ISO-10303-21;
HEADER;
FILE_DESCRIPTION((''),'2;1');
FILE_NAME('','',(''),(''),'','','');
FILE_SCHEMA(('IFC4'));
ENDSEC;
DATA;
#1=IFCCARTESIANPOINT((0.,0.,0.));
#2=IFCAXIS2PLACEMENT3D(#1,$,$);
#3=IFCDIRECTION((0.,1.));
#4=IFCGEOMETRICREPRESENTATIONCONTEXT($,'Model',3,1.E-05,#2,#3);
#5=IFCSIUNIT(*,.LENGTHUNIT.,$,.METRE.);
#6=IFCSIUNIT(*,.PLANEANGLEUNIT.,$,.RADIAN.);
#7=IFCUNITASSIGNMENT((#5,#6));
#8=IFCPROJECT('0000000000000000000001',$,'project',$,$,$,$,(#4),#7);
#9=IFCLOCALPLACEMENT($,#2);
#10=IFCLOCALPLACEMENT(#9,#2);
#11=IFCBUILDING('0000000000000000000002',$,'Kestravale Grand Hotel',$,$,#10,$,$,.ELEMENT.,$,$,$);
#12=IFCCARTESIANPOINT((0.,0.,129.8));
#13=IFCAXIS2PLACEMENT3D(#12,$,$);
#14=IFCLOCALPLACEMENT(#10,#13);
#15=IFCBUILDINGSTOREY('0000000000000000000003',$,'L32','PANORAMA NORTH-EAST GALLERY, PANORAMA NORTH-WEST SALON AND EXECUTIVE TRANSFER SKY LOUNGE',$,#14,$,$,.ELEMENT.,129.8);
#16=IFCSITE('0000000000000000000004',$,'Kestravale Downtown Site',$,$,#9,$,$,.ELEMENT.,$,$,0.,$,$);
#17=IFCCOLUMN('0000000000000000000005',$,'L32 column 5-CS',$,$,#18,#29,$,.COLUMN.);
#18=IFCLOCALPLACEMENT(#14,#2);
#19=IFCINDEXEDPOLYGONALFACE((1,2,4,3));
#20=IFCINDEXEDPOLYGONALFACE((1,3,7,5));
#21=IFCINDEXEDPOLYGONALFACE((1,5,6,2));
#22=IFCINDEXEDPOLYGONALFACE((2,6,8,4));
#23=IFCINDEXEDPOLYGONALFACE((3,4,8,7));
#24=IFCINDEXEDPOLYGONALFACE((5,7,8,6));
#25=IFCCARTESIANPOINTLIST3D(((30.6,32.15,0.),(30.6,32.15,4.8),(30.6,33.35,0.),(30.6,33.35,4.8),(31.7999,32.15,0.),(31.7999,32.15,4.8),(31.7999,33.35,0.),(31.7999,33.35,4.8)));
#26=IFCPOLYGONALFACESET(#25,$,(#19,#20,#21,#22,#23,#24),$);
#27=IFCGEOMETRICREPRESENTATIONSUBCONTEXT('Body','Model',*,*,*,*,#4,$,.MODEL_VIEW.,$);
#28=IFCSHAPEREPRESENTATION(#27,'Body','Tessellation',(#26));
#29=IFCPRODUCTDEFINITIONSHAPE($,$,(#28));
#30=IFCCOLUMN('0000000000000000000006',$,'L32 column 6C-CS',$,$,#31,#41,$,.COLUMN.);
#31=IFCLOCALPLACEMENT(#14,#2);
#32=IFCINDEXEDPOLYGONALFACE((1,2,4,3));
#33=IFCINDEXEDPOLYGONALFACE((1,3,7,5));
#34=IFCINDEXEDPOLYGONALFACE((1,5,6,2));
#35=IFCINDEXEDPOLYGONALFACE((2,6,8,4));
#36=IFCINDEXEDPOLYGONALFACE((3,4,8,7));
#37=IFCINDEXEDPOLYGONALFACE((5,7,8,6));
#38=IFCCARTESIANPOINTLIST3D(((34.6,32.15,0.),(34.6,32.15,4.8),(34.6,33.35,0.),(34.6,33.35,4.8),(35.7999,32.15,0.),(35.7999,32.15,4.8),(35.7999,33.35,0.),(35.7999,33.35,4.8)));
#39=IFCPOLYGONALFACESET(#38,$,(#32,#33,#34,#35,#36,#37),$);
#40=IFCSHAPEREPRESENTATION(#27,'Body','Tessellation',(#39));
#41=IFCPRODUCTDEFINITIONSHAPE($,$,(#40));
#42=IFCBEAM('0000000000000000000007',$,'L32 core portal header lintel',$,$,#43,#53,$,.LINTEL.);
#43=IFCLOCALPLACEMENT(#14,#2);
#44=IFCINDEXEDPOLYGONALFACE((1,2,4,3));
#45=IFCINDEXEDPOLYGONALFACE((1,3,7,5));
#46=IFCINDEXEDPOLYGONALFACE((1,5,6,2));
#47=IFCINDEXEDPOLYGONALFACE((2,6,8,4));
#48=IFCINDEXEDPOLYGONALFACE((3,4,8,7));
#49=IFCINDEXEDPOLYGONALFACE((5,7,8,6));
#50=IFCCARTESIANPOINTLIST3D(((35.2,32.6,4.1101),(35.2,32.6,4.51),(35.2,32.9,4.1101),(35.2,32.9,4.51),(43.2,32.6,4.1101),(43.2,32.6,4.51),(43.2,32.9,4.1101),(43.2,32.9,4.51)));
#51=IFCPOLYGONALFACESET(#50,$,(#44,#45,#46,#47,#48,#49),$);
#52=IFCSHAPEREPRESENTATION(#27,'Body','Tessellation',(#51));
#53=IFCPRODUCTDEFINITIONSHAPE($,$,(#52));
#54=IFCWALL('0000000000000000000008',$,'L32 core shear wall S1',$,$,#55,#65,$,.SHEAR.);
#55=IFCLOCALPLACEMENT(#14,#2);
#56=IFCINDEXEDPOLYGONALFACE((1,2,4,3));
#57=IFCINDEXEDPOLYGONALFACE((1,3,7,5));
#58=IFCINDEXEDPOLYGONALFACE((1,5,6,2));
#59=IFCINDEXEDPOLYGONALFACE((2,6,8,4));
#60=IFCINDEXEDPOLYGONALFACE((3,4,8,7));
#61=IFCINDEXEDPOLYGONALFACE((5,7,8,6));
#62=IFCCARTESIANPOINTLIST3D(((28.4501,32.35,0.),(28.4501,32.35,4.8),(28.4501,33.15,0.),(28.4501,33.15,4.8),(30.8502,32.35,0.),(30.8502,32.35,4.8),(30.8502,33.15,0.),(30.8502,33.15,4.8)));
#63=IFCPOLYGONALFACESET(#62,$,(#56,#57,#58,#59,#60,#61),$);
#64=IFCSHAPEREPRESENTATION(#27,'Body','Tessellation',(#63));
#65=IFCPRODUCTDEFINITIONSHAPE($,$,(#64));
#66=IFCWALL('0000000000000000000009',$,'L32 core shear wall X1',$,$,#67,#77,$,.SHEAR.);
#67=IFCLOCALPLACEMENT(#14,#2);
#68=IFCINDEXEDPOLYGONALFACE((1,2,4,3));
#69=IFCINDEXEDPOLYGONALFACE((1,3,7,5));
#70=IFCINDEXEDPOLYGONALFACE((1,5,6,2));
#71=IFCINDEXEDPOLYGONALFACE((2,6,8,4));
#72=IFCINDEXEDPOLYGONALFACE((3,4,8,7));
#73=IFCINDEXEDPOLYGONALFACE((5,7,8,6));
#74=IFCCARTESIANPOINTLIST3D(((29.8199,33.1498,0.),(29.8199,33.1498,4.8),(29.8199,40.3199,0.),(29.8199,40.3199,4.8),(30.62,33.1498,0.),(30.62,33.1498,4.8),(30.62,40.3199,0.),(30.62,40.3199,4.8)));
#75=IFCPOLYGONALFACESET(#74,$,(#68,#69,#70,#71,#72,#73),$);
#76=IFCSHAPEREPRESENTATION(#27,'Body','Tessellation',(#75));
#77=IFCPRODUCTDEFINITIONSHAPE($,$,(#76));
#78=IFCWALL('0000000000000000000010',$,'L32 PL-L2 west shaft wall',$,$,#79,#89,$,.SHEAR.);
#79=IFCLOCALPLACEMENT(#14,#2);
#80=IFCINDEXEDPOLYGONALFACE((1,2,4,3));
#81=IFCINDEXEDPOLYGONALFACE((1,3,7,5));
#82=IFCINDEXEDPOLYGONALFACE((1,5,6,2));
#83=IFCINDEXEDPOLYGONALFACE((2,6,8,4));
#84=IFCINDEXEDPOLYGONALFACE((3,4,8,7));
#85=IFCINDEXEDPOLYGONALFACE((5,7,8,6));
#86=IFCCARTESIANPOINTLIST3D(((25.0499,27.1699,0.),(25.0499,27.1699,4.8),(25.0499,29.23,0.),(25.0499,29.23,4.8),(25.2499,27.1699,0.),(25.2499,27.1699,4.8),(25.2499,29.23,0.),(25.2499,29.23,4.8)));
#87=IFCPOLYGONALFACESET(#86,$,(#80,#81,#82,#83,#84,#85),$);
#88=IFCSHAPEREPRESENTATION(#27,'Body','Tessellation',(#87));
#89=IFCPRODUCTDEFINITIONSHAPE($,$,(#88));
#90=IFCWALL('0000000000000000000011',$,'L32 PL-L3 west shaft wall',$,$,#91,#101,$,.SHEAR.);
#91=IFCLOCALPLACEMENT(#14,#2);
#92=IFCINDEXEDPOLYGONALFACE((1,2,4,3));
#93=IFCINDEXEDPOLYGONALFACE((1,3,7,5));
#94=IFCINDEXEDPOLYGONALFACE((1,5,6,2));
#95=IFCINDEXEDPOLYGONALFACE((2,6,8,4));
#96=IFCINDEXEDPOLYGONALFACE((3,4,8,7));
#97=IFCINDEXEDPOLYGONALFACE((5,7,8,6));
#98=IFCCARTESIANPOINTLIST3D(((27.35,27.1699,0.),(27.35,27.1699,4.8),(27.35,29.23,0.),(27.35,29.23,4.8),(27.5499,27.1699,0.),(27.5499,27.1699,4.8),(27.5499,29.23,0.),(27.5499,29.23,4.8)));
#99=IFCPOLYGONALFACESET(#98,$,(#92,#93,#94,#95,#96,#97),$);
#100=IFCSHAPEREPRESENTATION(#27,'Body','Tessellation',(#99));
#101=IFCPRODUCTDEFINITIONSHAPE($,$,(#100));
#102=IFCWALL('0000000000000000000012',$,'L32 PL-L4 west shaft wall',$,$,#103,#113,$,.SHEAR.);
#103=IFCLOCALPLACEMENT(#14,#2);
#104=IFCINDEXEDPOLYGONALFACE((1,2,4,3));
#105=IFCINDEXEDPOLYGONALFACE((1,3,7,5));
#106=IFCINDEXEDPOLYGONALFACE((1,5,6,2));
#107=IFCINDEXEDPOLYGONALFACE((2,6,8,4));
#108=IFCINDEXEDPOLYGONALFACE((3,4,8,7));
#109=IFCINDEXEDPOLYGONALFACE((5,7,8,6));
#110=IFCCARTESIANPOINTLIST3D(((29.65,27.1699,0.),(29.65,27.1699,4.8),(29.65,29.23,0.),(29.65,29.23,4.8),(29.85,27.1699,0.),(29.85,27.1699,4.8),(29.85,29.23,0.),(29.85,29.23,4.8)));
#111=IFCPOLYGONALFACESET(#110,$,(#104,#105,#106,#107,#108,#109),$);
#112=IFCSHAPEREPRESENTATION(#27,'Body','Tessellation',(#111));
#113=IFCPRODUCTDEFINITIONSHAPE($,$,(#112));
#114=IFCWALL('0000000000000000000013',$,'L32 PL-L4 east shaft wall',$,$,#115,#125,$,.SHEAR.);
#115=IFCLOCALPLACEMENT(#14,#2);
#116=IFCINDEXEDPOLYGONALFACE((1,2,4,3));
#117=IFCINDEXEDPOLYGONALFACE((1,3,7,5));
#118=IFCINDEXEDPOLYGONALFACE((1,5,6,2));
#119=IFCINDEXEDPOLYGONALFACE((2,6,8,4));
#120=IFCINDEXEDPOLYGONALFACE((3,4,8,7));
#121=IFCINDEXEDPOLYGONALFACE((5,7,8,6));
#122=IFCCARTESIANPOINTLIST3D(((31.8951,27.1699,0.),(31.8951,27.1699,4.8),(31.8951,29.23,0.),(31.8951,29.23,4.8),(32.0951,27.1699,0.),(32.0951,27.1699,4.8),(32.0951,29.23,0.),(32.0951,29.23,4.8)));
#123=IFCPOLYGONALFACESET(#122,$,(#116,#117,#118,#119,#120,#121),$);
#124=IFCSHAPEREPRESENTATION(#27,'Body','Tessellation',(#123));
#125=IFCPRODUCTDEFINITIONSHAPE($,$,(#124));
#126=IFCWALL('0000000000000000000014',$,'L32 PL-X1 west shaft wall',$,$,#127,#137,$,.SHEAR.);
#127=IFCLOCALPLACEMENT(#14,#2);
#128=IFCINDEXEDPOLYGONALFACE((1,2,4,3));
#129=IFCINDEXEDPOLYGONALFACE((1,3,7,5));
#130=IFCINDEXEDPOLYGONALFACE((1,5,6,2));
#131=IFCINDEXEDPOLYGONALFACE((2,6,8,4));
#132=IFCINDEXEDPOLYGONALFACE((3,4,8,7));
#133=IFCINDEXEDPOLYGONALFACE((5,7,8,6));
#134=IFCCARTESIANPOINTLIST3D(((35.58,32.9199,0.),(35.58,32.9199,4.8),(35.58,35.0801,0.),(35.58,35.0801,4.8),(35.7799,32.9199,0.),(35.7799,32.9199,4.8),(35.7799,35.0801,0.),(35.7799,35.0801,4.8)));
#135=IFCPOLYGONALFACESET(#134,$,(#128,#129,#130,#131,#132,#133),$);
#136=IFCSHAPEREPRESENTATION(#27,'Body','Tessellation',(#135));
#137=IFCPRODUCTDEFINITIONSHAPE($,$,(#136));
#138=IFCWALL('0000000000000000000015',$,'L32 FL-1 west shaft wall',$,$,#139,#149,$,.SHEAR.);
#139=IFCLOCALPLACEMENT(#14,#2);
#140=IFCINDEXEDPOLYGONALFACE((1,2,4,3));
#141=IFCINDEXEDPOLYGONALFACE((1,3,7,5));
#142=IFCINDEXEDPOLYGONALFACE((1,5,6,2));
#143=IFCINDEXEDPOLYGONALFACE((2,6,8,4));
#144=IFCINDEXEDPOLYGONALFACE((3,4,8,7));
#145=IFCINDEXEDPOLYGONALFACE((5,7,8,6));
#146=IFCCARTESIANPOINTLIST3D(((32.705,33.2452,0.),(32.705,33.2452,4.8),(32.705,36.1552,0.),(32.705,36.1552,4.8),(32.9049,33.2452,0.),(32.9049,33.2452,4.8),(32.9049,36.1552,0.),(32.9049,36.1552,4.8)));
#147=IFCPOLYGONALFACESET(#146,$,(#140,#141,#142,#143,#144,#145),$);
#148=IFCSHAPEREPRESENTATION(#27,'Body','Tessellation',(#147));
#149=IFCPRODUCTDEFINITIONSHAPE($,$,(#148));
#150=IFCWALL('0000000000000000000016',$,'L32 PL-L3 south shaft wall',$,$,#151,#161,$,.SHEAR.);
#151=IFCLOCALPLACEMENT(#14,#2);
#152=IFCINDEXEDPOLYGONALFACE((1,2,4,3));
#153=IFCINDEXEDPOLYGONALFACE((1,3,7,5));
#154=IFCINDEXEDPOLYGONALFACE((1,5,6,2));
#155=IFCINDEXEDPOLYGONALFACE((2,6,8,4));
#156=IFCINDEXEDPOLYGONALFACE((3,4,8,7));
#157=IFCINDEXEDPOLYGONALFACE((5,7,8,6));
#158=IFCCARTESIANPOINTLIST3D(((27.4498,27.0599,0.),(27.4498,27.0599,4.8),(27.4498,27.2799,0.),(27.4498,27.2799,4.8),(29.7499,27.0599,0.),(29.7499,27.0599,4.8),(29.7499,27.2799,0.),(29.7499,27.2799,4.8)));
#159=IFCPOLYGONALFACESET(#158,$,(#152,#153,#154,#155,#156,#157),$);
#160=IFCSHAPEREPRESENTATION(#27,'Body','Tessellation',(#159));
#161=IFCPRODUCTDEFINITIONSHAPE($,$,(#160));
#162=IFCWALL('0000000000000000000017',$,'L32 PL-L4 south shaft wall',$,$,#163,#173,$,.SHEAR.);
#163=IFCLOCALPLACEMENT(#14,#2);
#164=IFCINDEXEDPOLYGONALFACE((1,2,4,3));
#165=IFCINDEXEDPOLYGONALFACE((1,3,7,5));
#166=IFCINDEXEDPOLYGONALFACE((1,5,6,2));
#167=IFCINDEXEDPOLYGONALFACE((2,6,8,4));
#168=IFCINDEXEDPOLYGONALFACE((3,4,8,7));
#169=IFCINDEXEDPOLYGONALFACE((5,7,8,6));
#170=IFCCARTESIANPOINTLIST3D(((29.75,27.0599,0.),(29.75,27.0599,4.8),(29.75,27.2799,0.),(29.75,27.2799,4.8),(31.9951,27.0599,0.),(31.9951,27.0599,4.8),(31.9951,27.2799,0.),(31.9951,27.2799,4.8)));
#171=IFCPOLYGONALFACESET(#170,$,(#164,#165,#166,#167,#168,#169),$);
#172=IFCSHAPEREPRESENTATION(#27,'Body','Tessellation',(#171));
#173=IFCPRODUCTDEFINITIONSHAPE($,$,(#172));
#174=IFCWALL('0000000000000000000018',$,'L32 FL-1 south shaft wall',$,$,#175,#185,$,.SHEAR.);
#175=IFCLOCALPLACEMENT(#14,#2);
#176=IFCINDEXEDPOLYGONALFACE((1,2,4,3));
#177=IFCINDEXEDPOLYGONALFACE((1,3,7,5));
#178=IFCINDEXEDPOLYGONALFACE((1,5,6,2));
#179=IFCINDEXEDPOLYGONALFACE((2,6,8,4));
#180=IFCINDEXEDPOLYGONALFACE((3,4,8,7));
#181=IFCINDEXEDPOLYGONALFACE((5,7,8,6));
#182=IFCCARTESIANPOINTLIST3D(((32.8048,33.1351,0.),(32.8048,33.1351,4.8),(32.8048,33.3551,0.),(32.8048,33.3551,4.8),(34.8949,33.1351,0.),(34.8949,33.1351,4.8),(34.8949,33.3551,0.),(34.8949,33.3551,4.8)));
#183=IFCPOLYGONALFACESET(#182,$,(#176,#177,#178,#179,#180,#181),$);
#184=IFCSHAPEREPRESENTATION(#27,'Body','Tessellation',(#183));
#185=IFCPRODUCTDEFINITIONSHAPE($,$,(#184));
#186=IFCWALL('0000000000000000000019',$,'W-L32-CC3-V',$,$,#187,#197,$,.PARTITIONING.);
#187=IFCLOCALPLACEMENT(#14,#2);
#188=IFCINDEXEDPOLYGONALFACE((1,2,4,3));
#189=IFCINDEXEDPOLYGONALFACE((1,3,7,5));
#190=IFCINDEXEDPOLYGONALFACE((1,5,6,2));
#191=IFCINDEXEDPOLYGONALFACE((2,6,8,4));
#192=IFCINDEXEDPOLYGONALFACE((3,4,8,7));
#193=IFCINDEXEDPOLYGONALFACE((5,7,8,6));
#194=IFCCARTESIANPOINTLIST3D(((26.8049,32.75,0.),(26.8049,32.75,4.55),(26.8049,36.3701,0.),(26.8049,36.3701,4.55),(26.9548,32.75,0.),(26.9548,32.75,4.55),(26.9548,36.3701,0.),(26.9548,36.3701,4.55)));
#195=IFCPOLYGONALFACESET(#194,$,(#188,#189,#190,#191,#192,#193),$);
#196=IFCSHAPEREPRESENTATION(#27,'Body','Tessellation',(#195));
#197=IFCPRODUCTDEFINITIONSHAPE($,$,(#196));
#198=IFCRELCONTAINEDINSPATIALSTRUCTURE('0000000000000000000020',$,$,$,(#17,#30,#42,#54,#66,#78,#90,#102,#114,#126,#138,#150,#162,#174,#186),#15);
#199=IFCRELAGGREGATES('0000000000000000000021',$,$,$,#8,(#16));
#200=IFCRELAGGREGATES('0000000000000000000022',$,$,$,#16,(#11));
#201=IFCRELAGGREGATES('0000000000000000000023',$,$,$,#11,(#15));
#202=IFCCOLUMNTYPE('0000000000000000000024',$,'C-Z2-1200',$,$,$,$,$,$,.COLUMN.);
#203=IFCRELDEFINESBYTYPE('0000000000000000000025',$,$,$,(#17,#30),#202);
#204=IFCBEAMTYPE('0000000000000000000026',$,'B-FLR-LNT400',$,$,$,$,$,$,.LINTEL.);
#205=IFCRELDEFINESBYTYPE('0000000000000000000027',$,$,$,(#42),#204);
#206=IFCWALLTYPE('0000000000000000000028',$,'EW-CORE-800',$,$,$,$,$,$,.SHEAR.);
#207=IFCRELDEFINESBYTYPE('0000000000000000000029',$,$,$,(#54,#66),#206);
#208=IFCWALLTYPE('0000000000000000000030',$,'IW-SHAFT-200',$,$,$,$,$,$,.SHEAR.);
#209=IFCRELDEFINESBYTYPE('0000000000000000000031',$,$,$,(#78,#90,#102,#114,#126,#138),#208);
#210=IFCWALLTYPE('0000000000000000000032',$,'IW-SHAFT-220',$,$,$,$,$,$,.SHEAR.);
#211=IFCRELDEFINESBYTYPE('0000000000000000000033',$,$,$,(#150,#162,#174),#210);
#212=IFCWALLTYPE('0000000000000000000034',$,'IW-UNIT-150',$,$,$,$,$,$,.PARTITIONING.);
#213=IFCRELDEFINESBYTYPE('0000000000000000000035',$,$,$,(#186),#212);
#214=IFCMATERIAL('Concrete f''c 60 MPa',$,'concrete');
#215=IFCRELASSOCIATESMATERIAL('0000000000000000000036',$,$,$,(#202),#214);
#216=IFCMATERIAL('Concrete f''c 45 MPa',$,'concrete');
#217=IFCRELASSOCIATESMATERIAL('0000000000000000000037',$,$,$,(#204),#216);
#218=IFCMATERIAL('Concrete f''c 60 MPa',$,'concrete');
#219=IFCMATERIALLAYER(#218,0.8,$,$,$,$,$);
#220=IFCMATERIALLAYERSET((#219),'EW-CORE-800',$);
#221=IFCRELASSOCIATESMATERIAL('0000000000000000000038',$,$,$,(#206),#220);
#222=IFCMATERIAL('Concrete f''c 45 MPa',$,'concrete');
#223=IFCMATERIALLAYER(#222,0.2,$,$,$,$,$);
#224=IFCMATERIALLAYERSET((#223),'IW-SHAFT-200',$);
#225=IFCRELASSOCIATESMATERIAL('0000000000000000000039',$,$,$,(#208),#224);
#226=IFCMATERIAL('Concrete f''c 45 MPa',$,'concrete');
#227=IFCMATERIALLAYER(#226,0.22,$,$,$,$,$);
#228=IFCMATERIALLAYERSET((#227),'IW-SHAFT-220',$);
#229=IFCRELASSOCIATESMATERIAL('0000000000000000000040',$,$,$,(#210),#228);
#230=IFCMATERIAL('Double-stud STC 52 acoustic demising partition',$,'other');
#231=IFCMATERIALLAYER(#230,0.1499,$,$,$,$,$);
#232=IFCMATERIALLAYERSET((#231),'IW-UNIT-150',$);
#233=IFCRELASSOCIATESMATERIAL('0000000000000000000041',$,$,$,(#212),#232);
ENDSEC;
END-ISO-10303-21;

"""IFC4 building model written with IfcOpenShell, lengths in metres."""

from ifc_helpers import new_model, si_unit, direction, frame, frame_2d, origin, origin_2d, place, context, subcontext, project, spatial, rectangle, extrude, material, layer, layer_set, material_profile, profile_set, type_object, element, save


model = new_model("IFC4")

# Units and contexts
model_context = context("Model", 3, precision=1e-05, world=origin(), true_north=direction((0.0, 1.0)))
body_context = subcontext(model_context, "Body", "Model", "MODEL_VIEW")
ifc_project = project(units=[si_unit("LENGTHUNIT", "METRE"), si_unit("PLANEANGLEUNIT", "RADIAN")], contexts=[model_context])

# Site, building, storey
site_placement = place(None, origin())
site = spatial("IfcSite", under=ifc_project, at=site_placement, Name="Kestravale Downtown Site", CompositionType="ELEMENT", RefElevation=0.0)
building_placement = place(site_placement, origin())
building = spatial("IfcBuilding", under=site, at=building_placement, Name="Kestravale Grand Hotel", CompositionType="ELEMENT")
storey_placement = place(building_placement, frame((0.0, 0.0, 129.8)))
storey = spatial("IfcBuildingStorey", under=building, at=storey_placement, Name="L32", Description="PANORAMA NORTH-EAST GALLERY, PANORAMA NORTH-WEST SALON AND EXECUTIVE TRANSFER SKY LOUNGE", CompositionType="ELEMENT", Elevation=129.8)

# Columns
ifc_material_1 = material(Name="Concrete f'c 60 MPa", Category="concrete")
ifc_material_profile_1 = material_profile(ifc_material_1, rectangle(XDim=1.2, YDim=1.2, at=origin_2d()))
ifc_profile_set_1 = profile_set([ifc_material_profile_1], Name="Concrete f'c 60 MPa")
column_type = type_object("IfcColumnType", Name="C-Z2-1200", PredefinedType="COLUMN", material=ifc_profile_set_1)
for number, where, z_axis, x_axis, name in (
    (1, (31.2, 32.75, 0.0), (0.0, 0.0, 1.0), (1.0, 0.0, 0.0), "L32 column 5-CS"),
    (2, (35.2, 32.75, 0.0), (0.0, 0.0, 1.0), (1.0, 0.0, 0.0), "L32 column 6C-CS"),
):
    element("IfcColumn", number, at=place(storey_placement, frame(where, z_axis=z_axis, x_axis=x_axis)), inside=storey, type_object=column_type, Name=name, PredefinedType="COLUMN", context=body_context, shape_type="SweptSolid", body=[
        extrude(rectangle(XDim=1.2, YDim=1.2, at=origin_2d()), origin(), (0.0, 0.0, 1.0), 4.8),
    ])

# Beam
ifc_material_2 = material(Name="Concrete f'c 45 MPa", Category="concrete")
ifc_material_profile_2 = material_profile(ifc_material_2, rectangle(XDim=0.3, YDim=0.3999, at=origin_2d()))
ifc_profile_set_2 = profile_set([ifc_material_profile_2], Name="Concrete f'c 45 MPa")
beam_type = type_object("IfcBeamType", Name="B-FLR-LNT400", PredefinedType="LINTEL", material=ifc_profile_set_2)
beam_placement = place(storey_placement, frame((35.2, 32.75, 4.3101), z_axis=(1.0, 0.0, 0.0), x_axis=(0.0, 1.0, 0.0)))
element("IfcBeam", 3, at=beam_placement, inside=storey, type_object=beam_type, Name="L32 core portal header lintel", PredefinedType="LINTEL", context=body_context, shape_type="SweptSolid", body=[
    extrude(rectangle(XDim=0.3, YDim=0.3999, at=origin_2d()), origin(), (0.0, 0.0, 1.0), 8.0),
])

# Walls
ifc_material_3 = material(Name="Concrete f'c 60 MPa", Category="concrete")
ifc_layer_1 = layer(ifc_material_3, 0.8)
ifc_layer_set_1 = layer_set([ifc_layer_1], Name="EW-CORE-800")
wall_type_1 = type_object("IfcWallType", Name="EW-CORE-800", PredefinedType="SHEAR", material=ifc_layer_set_1)
wall_1_placement = place(storey_placement, frame((28.45, 32.75, 0.0), z_axis=(0.0, 0.0, 1.0), x_axis=(1.0, 0.0, 0.0)))
element("IfcWall", 4, at=wall_1_placement, inside=storey, type_object=wall_type_1, Name="L32 core shear wall S1", PredefinedType="SHEAR", context=body_context, shape_type="SweptSolid", body=[
    extrude(rectangle(XDim=2.4001, YDim=0.8, at=frame_2d((1.2002, 0.0))), origin(), (0.0, 0.0, 1.0), 4.8),
])
wall_2_placement = place(storey_placement, frame((30.22, 33.1499, 0.0), z_axis=(0.0, 0.0, 1.0), x_axis=(0.0, 1.0, 0.0)))
element("IfcWall", 5, at=wall_2_placement, inside=storey, type_object=wall_type_1, Name="L32 core shear wall X1", PredefinedType="SHEAR", context=body_context, shape_type="SweptSolid", body=[
    extrude(rectangle(XDim=7.1702, YDim=0.8, at=frame_2d((3.585, 0.0))), origin(), (0.0, 0.0, 1.0), 4.8),
])
ifc_material_4 = material(Name="Concrete f'c 45 MPa", Category="concrete")
ifc_layer_2 = layer(ifc_material_4, 0.2)
ifc_layer_set_2 = layer_set([ifc_layer_2], Name="IW-SHAFT-200")
wall_type_2 = type_object("IfcWallType", Name="IW-SHAFT-200", PredefinedType="SHEAR", material=ifc_layer_set_2)
for number, where, z_axis, x_axis, name in (
    (6, (25.1499, 27.1699, 0.0), (0.0, 0.0, 1.0), (0.0, 1.0, 0.0), "L32 PL-L2 west shaft wall"),
    (7, (27.45, 27.1699, 0.0), (0.0, 0.0, 1.0), (0.0, 1.0, 0.0), "L32 PL-L3 west shaft wall"),
    (8, (29.75, 27.1699, 0.0), (0.0, 0.0, 1.0), (0.0, 1.0, 0.0), "L32 PL-L4 west shaft wall"),
    (9, (31.9951, 27.1699, 0.0), (0.0, 0.0, 1.0), (0.0, 1.0, 0.0), "L32 PL-L4 east shaft wall"),
):
    element("IfcWall", number, at=place(storey_placement, frame(where, z_axis=z_axis, x_axis=x_axis)), inside=storey, type_object=wall_type_2, Name=name, PredefinedType="SHEAR", context=body_context, shape_type="SweptSolid", body=[
        extrude(rectangle(XDim=2.0601, YDim=0.2, at=frame_2d((1.03, 0.0))), origin(), (0.0, 0.0, 1.0), 4.8),
    ])
wall_3_placement = place(storey_placement, frame((35.6799, 32.9199, 0.0), z_axis=(0.0, 0.0, 1.0), x_axis=(0.0, 1.0, 0.0)))
element("IfcWall", 10, at=wall_3_placement, inside=storey, type_object=wall_type_2, Name="L32 PL-X1 west shaft wall", PredefinedType="SHEAR", context=body_context, shape_type="SweptSolid", body=[
    extrude(rectangle(XDim=2.1602, YDim=0.2, at=frame_2d((1.0801, 0.0))), origin(), (0.0, 0.0, 1.0), 4.8),
])
wall_4_placement = place(storey_placement, frame((32.8049, 33.2451, 0.0), z_axis=(0.0, 0.0, 1.0), x_axis=(0.0, 1.0, 0.0)))
element("IfcWall", 11, at=wall_4_placement, inside=storey, type_object=wall_type_2, Name="L32 FL-1 west shaft wall", PredefinedType="SHEAR", context=body_context, shape_type="SweptSolid", body=[
    extrude(rectangle(XDim=2.9099, YDim=0.2, at=frame_2d((1.4551, 0.0))), origin(), (0.0, 0.0, 1.0), 4.8),
])

# Shared definitions
ifc_material_5 = material(Name="Concrete f'c 45 MPa", Category="concrete")
ifc_layer_3 = layer(ifc_material_5, 0.22)
ifc_layer_set_3 = layer_set([ifc_layer_3], Name="IW-SHAFT-220")
wall_type_3 = type_object("IfcWallType", Name="IW-SHAFT-220", PredefinedType="SHEAR", material=ifc_layer_set_3)

# Wall
wall_5_placement = place(storey_placement, frame((27.45, 27.1699, 0.0), z_axis=(0.0, 0.0, 1.0), x_axis=(1.0, 0.0, 0.0)))
element("IfcWall", 12, at=wall_5_placement, inside=storey, type_object=wall_type_3, Name="L32 PL-L3 south shaft wall", PredefinedType="SHEAR", context=body_context, shape_type="SweptSolid", body=[
    extrude(rectangle(XDim=2.3, YDim=0.22, at=frame_2d((1.1499, 0.0))), origin(), (0.0, 0.0, 1.0), 4.8),
])

# Wall
wall_6_placement = place(storey_placement, frame((29.75, 27.1699, 0.0), z_axis=(0.0, 0.0, 1.0), x_axis=(1.0, 0.0, 0.0)))
element("IfcWall", 13, at=wall_6_placement, inside=storey, type_object=wall_type_3, Name="L32 PL-L4 south shaft wall", PredefinedType="SHEAR", context=body_context, shape_type="SweptSolid", body=[
    extrude(rectangle(XDim=2.2451, YDim=0.22, at=frame_2d((1.1226, 0.0))), origin(), (0.0, 0.0, 1.0), 4.8),
])

# Walls
wall_7_placement = place(storey_placement, frame((32.8049, 33.2451, 0.0), z_axis=(0.0, 0.0, 1.0), x_axis=(1.0, 0.0, 0.0)))
element("IfcWall", 14, at=wall_7_placement, inside=storey, type_object=wall_type_3, Name="L32 FL-1 south shaft wall", PredefinedType="SHEAR", context=body_context, shape_type="SweptSolid", body=[
    extrude(rectangle(XDim=2.0901, YDim=0.22, at=frame_2d((1.0449, 0.0))), origin(), (0.0, 0.0, 1.0), 4.8),
])
ifc_material_6 = material(Name="Double-stud STC 52 acoustic demising partition", Category="other")
ifc_layer_4 = layer(ifc_material_6, 0.1499)
ifc_layer_set_4 = layer_set([ifc_layer_4], Name="IW-UNIT-150")
wall_type_4 = type_object("IfcWallType", Name="IW-UNIT-150", PredefinedType="PARTITIONING", material=ifc_layer_set_4)
wall_8_placement = place(storey_placement, frame((26.8799, 32.75, 0.0), z_axis=(0.0, 0.0, 1.0), x_axis=(0.0, 1.0, 0.0)))
element("IfcWall", 15, at=wall_8_placement, inside=storey, type_object=wall_type_4, Name="W-L32-CC3-V", PredefinedType="PARTITIONING", context=body_context, shape_type="SweptSolid", body=[
    extrude(rectangle(XDim=3.6201, YDim=0.1499, at=frame_2d((1.8101, 0.0))), origin(), (0.0, 0.0, 1.0), 4.55),
])

save(model, "model.ifc")
